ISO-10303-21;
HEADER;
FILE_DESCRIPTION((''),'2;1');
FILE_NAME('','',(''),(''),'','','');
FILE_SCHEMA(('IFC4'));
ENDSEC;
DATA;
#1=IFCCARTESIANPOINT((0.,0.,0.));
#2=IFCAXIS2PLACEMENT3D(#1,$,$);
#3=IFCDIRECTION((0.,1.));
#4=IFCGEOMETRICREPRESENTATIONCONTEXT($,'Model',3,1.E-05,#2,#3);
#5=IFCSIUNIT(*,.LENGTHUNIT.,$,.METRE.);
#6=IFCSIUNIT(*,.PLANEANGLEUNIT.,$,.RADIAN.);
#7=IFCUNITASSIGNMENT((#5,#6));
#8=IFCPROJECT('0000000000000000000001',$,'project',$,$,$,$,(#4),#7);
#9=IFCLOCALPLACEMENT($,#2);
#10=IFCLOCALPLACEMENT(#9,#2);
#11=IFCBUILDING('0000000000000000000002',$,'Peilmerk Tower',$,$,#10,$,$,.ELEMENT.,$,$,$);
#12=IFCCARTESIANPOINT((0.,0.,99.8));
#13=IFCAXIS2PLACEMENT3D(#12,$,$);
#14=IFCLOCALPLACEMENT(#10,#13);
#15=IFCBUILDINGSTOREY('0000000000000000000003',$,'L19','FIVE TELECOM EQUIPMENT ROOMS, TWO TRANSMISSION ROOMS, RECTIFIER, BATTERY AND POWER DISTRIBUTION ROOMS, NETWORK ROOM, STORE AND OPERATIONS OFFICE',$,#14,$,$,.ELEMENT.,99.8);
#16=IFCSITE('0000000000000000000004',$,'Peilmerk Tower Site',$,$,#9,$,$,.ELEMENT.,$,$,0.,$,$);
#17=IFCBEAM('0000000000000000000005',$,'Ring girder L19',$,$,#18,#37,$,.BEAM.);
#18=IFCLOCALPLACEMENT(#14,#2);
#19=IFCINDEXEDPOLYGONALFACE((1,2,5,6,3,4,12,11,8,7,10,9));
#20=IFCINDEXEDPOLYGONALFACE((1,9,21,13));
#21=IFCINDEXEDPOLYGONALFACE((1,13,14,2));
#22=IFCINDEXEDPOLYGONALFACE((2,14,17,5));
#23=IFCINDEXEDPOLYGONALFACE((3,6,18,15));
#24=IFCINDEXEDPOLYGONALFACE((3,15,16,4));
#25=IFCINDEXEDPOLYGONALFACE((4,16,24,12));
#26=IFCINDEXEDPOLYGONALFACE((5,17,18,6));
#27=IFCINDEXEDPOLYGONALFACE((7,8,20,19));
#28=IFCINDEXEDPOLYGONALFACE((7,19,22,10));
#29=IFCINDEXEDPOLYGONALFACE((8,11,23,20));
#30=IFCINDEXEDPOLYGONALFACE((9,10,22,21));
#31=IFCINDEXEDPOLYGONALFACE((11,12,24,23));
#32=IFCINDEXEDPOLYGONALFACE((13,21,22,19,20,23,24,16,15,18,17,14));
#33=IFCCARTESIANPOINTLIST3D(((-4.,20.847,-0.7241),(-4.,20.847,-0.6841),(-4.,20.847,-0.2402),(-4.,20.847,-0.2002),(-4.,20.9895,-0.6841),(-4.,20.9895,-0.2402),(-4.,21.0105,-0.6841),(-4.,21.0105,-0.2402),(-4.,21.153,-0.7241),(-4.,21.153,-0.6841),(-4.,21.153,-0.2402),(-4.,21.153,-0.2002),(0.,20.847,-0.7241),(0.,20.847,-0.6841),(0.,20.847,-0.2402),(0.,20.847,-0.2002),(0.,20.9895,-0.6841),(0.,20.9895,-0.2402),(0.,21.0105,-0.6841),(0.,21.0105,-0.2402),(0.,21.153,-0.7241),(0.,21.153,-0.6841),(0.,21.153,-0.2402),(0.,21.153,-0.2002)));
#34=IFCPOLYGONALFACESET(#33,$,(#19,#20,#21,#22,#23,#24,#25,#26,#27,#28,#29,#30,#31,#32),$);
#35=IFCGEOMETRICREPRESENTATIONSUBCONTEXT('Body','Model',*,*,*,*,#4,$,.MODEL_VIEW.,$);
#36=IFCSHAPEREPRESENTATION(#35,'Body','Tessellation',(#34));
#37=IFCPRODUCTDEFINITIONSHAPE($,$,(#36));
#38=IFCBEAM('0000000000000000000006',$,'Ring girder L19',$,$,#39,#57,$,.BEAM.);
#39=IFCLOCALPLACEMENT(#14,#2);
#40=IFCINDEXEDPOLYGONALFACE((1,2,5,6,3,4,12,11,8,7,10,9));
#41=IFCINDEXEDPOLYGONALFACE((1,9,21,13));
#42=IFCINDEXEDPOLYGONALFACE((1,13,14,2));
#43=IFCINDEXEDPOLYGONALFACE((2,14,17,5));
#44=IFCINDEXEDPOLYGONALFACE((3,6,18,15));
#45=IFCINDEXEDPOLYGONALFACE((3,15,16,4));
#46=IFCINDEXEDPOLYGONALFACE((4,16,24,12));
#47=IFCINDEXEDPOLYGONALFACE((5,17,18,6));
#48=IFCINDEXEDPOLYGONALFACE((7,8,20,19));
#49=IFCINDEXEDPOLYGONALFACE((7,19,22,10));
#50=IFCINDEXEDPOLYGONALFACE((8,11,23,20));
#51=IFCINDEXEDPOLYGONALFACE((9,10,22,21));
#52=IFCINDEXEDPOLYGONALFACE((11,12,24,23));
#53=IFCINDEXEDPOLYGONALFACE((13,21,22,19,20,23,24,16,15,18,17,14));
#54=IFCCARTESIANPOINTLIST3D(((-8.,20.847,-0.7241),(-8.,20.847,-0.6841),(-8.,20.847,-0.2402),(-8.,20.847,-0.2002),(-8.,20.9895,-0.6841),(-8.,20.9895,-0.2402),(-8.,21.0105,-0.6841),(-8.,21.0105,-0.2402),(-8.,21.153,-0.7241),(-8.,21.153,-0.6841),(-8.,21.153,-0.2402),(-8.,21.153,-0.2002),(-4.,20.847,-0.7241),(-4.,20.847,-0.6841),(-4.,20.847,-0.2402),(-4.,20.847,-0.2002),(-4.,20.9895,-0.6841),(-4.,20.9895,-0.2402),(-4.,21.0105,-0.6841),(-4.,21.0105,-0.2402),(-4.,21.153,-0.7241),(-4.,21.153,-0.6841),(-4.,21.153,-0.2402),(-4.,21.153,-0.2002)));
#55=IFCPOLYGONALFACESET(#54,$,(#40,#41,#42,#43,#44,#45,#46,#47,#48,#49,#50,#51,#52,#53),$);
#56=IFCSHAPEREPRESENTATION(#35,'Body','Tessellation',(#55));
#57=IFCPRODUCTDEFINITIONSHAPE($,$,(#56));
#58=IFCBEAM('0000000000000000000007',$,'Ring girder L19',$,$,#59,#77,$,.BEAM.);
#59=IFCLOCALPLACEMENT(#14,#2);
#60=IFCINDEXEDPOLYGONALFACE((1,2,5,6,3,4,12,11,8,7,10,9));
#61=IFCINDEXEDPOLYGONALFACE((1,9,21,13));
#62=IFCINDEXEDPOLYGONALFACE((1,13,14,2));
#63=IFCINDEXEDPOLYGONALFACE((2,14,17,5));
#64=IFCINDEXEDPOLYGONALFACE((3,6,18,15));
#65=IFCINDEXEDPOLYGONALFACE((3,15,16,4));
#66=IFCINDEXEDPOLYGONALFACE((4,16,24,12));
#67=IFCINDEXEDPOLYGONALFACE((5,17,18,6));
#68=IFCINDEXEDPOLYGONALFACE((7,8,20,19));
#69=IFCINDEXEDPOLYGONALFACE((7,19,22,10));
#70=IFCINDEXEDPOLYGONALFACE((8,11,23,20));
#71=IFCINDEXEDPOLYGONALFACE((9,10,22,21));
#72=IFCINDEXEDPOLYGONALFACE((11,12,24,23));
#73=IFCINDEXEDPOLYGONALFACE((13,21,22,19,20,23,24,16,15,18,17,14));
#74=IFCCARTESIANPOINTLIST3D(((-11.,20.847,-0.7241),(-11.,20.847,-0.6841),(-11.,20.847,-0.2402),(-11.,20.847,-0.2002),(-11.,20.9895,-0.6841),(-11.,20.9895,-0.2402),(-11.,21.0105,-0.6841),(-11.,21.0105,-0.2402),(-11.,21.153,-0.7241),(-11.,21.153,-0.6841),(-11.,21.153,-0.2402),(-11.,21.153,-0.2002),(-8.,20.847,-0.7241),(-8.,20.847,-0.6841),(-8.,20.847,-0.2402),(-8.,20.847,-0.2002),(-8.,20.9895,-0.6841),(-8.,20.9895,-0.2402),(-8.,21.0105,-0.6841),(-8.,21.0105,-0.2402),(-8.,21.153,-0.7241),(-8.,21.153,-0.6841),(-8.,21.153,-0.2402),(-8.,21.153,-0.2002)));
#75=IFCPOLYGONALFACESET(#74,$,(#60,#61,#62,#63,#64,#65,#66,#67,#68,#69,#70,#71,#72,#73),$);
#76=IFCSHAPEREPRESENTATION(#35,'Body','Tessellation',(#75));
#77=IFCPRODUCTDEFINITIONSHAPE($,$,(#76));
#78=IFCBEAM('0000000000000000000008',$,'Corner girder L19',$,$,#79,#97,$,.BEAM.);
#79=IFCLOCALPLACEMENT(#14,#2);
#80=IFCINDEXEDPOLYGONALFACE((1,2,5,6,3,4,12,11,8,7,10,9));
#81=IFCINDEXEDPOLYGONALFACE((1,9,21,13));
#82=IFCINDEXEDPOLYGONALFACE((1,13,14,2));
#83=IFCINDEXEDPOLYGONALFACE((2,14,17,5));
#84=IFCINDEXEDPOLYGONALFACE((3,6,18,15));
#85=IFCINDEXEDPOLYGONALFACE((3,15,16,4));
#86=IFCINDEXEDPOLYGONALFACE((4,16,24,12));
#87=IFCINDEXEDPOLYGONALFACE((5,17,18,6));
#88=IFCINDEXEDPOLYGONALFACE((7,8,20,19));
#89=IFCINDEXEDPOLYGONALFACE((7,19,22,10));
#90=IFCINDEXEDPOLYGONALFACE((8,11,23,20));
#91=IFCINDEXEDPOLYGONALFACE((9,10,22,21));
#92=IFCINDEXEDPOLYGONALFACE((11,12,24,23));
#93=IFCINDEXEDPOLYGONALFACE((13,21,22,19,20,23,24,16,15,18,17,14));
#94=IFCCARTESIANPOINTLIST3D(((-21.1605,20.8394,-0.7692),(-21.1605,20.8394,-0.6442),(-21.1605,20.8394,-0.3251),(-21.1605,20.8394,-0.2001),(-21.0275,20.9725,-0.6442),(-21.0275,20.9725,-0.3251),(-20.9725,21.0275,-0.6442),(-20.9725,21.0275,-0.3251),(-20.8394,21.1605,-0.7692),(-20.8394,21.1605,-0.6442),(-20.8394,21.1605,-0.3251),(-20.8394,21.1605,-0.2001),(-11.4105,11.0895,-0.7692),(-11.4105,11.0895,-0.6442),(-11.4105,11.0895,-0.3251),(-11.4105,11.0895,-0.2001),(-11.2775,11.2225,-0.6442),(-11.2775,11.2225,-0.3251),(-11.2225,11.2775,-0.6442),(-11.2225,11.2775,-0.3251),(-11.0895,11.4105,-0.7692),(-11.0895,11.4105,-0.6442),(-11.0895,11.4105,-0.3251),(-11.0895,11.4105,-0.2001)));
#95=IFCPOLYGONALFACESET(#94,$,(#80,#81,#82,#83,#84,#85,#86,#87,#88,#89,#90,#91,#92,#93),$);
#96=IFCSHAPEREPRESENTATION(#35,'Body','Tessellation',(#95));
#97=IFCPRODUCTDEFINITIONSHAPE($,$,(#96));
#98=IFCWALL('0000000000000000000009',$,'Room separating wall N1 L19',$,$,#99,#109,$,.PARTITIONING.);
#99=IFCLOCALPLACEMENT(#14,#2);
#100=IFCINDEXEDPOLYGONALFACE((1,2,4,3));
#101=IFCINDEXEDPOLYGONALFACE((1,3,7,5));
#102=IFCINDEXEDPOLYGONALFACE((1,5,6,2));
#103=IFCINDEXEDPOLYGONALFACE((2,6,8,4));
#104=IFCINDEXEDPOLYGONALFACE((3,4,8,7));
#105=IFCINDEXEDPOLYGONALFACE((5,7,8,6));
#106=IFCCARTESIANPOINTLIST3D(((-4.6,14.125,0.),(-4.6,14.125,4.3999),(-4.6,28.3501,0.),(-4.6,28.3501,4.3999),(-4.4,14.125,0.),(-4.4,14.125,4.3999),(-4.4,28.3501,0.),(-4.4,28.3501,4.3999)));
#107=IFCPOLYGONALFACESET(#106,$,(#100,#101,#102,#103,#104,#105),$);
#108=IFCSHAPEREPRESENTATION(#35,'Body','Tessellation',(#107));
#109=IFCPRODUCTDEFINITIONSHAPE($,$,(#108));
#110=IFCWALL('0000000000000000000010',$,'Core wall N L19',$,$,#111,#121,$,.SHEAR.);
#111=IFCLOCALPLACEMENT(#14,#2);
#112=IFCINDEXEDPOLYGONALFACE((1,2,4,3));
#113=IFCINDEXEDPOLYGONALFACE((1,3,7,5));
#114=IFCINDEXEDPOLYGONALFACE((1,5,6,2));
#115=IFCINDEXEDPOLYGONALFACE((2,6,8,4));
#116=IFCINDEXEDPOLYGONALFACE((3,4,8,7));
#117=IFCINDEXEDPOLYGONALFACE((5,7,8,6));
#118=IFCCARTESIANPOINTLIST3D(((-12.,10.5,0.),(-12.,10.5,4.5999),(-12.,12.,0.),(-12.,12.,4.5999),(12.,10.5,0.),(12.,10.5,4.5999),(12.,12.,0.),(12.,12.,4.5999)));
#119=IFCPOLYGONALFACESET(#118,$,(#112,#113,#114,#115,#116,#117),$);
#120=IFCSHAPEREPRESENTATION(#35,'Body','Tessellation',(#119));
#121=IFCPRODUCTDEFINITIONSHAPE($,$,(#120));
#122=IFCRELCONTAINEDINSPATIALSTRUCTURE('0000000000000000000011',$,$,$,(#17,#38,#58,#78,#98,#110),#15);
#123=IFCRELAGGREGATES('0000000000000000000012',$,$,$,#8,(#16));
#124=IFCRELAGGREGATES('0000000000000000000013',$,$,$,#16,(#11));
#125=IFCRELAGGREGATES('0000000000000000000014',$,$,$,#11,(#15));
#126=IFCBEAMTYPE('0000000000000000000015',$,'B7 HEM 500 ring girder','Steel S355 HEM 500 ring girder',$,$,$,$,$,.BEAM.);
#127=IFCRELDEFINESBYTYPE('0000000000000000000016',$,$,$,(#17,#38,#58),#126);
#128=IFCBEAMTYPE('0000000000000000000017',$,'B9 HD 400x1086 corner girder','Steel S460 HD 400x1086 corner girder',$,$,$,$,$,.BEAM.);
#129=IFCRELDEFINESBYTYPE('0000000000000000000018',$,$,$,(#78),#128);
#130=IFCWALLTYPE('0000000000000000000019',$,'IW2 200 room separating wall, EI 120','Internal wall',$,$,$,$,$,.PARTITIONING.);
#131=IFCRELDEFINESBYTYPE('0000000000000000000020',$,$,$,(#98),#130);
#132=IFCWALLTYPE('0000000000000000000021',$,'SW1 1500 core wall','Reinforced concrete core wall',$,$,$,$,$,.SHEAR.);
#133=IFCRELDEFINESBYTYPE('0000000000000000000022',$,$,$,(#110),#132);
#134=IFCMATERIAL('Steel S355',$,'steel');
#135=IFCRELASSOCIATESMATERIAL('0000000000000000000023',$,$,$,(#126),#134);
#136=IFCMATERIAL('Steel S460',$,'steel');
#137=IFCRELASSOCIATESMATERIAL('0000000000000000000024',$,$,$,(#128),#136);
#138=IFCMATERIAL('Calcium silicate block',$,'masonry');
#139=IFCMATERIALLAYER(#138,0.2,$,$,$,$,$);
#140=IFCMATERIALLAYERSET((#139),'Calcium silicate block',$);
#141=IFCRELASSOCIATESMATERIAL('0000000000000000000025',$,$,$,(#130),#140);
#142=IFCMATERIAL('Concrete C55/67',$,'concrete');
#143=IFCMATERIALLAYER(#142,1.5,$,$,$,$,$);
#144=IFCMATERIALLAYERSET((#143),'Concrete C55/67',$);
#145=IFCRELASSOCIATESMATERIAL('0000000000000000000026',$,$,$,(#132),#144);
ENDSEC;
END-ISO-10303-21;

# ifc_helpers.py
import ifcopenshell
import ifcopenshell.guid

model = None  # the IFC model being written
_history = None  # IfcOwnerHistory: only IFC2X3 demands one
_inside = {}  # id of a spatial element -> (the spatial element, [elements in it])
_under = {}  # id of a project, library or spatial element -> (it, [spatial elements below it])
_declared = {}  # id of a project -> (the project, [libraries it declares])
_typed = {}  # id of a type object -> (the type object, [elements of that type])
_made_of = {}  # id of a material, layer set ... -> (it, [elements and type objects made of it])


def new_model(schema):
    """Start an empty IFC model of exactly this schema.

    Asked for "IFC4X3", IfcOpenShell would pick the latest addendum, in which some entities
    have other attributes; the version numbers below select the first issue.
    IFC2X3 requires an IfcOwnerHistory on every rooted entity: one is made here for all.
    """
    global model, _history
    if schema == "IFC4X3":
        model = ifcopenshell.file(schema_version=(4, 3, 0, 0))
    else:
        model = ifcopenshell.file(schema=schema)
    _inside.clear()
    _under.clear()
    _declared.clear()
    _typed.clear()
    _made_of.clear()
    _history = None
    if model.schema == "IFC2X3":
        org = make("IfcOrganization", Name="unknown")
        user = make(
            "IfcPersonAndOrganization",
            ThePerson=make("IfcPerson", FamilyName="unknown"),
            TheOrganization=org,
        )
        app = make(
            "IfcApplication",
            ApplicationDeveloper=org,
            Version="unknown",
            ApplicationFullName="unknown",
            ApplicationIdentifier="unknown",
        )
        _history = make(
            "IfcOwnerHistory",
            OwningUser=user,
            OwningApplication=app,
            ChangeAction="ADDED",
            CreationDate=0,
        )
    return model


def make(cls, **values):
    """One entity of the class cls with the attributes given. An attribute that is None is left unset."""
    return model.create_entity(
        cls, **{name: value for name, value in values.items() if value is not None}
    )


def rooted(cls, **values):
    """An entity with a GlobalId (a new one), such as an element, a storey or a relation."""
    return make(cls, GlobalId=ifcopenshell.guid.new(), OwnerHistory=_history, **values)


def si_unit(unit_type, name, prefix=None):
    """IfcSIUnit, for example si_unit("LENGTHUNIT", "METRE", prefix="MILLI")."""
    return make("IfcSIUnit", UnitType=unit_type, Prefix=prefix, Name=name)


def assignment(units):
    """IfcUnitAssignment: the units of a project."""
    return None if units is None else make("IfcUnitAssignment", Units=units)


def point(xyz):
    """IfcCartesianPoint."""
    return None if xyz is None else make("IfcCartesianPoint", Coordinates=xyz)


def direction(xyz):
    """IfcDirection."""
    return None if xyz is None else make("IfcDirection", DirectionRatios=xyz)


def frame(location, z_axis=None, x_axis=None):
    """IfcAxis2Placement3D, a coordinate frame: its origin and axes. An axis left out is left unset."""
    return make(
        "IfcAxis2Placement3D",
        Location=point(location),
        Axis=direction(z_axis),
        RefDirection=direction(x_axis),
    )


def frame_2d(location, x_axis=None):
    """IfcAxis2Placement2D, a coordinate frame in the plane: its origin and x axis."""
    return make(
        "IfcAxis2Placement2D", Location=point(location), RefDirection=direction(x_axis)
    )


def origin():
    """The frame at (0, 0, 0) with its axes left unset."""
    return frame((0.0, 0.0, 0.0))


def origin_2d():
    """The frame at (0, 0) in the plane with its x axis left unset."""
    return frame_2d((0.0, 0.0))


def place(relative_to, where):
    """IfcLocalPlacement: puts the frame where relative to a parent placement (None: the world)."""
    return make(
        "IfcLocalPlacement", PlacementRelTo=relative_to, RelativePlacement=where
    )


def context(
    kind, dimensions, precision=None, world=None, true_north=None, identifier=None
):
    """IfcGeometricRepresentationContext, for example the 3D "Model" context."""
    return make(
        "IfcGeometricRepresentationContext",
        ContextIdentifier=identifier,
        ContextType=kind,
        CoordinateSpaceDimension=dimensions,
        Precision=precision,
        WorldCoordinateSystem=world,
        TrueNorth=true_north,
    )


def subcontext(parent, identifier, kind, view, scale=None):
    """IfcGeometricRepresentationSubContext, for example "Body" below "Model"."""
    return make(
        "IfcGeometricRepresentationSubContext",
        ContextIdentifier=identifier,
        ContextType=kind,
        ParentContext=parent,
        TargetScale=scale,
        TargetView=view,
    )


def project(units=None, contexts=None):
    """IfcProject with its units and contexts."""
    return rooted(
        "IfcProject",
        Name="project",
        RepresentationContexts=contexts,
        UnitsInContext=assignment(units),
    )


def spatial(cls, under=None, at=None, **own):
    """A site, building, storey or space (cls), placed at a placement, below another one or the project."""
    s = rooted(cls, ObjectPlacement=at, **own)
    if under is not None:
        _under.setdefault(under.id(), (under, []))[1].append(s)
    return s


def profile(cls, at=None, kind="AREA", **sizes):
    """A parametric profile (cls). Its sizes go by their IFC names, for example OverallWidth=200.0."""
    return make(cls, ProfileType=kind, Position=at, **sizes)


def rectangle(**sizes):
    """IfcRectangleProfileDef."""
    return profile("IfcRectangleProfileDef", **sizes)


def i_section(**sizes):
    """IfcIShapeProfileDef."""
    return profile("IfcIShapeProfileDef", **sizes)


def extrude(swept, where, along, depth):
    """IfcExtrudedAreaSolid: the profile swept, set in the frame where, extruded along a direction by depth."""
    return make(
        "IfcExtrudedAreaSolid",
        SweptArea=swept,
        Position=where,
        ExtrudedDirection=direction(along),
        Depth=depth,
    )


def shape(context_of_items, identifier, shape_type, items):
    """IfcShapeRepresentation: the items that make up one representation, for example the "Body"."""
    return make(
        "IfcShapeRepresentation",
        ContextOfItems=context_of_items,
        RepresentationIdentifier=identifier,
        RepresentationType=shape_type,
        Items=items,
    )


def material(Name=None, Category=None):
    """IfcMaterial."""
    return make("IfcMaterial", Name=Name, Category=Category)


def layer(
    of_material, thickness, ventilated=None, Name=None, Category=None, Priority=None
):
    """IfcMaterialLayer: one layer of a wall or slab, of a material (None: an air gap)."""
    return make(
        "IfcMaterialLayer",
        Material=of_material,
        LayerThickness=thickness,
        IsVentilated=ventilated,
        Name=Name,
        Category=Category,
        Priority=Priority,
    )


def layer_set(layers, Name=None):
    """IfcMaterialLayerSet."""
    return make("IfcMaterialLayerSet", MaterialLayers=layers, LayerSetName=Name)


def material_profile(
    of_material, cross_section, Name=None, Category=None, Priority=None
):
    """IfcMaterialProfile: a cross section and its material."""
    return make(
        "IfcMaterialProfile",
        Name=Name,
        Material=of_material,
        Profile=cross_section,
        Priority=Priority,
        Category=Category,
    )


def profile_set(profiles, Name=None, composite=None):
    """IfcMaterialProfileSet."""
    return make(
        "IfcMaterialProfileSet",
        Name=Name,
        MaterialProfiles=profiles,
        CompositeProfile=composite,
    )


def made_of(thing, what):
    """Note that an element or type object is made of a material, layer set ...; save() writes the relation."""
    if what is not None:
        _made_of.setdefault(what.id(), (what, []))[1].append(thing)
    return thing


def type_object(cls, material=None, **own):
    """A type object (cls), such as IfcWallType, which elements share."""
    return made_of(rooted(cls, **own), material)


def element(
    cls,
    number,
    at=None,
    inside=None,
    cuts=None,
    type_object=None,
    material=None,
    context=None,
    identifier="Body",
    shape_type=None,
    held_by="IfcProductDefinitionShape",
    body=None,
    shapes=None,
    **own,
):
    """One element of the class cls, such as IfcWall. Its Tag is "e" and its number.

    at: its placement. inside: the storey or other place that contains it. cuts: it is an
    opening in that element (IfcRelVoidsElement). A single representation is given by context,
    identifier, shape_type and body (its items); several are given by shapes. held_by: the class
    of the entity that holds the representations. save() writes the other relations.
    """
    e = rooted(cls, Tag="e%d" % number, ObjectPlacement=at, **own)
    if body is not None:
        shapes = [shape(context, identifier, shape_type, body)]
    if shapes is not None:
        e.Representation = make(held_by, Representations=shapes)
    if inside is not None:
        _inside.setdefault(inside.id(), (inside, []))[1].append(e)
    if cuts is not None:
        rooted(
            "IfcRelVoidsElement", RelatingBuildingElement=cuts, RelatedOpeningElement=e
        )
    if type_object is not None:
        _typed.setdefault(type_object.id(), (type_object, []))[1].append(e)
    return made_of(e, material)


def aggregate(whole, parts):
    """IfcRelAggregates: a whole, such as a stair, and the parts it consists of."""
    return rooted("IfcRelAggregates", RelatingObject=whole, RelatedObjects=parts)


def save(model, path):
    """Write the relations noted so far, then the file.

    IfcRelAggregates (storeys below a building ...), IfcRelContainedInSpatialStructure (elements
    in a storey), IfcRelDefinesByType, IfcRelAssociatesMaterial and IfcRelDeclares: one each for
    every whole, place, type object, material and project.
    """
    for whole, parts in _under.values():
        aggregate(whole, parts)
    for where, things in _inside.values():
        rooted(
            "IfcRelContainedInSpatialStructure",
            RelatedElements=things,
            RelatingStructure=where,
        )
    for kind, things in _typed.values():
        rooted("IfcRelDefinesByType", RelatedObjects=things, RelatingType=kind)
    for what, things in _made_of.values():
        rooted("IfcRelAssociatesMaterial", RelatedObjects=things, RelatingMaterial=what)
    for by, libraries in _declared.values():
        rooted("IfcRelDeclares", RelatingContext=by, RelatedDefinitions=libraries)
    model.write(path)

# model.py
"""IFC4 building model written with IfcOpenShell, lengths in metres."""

from ifc_helpers import new_model, si_unit, direction, frame, frame_2d, origin, origin_2d, place, context, subcontext, project, spatial, rectangle, i_section, extrude, material, layer, layer_set, material_profile, profile_set, type_object, element, save


model = new_model("IFC4")

# Units and contexts
model_context = context("Model", 3, precision=1e-05, world=origin(), true_north=direction((0.0, 1.0)))
body_context = subcontext(model_context, "Body", "Model", "MODEL_VIEW")
ifc_project = project(units=[si_unit("LENGTHUNIT", "METRE"), si_unit("PLANEANGLEUNIT", "RADIAN")], contexts=[model_context])

# Site, building, storey
site_placement = place(None, origin())
site = spatial("IfcSite", under=ifc_project, at=site_placement, Name="Peilmerk Tower Site", CompositionType="ELEMENT", RefElevation=0.0)
building_placement = place(site_placement, origin())
building = spatial("IfcBuilding", under=site, at=building_placement, Name="Peilmerk Tower", CompositionType="ELEMENT")
storey_placement = place(building_placement, frame((0.0, 0.0, 99.8)))
storey = spatial("IfcBuildingStorey", under=building, at=storey_placement, Name="L19", Description="FIVE TELECOM EQUIPMENT ROOMS, TWO TRANSMISSION ROOMS, RECTIFIER, BATTERY AND POWER DISTRIBUTION ROOMS, NETWORK ROOM, STORE AND OPERATIONS OFFICE", CompositionType="ELEMENT", Elevation=99.8)

# Shared definitions
ifc_material_1 = material(Name="Steel S460", Category="steel")

# Beams
ifc_material_2 = material(Name="Steel S355", Category="steel")
ifc_material_profile_1 = material_profile(ifc_material_2, i_section(OverallWidth=0.3059, OverallDepth=0.5239, WebThickness=0.021, FlangeThickness=0.04, at=origin_2d()), Name="HEM 500")
ifc_profile_set_1 = profile_set([ifc_material_profile_1], Name="Steel S355")
beam_type_1 = type_object("IfcBeamType", Name="B7 HEM 500 ring girder", Description="Steel S355 HEM 500 ring girder", PredefinedType="BEAM", material=ifc_profile_set_1)
for number, where, z_axis, x_axis, name in (
    (1, (0.0, 21.0, -0.4622), (-1.0, 0.0, 0.0), (0.0, -1.0, 0.0), "Ring girder L19"),
    (2, (-4.0, 21.0, -0.4622), (-1.0, 0.0, 0.0), (0.0, -1.0, 0.0), "Ring girder L19"),
):
    element("IfcBeam", number, at=place(storey_placement, frame(where, z_axis=z_axis, x_axis=x_axis)), inside=storey, type_object=beam_type_1, Name=name, PredefinedType="BEAM", context=body_context, shape_type="SweptSolid", body=[
        extrude(i_section(OverallWidth=0.3059, OverallDepth=0.5239, WebThickness=0.021, FlangeThickness=0.04, at=origin_2d()), origin(), (0.0, 0.0, 1.0), 4.0),
    ])
beam_1_placement = place(storey_placement, frame((-8.0, 21.0, -0.4622), z_axis=(-1.0, 0.0, 0.0), x_axis=(0.0, -1.0, 0.0)))
element("IfcBeam", 3, at=beam_1_placement, inside=storey, type_object=beam_type_1, Name="Ring girder L19", PredefinedType="BEAM", context=body_context, shape_type="SweptSolid", body=[
    extrude(i_section(OverallWidth=0.3059, OverallDepth=0.5239, WebThickness=0.021, FlangeThickness=0.04, at=origin_2d()), origin(), (0.0, 0.0, 1.0), 3.0),
])
ifc_material_profile_2 = material_profile(ifc_material_1, i_section(OverallWidth=0.4541, OverallDepth=0.5691, WebThickness=0.0779, FlangeThickness=0.125, at=origin_2d()), Name="HD 400x1086")
ifc_profile_set_2 = profile_set([ifc_material_profile_2], Name="Steel S460")
beam_type_2 = type_object("IfcBeamType", Name="B9 HD 400x1086 corner girder", Description="Steel S460 HD 400x1086 corner girder", PredefinedType="BEAM", material=ifc_profile_set_2)
beam_2_placement = place(storey_placement, frame((-11.25, 11.25, -0.4846), z_axis=(-0.707107, 0.707107, 0.0), x_axis=(-0.707107, -0.707107, 0.0)))
element("IfcBeam", 4, at=beam_2_placement, inside=storey, type_object=beam_type_2, Name="Corner girder L19", PredefinedType="BEAM", context=body_context, shape_type="SweptSolid", body=[
    extrude(i_section(OverallWidth=0.4541, OverallDepth=0.5691, WebThickness=0.0779, FlangeThickness=0.125, at=origin_2d()), origin(), (0.0, 0.0, 1.0), 13.7886),
])

# Walls
ifc_material_3 = material(Name="Calcium silicate block", Category="masonry")
ifc_layer_1 = layer(ifc_material_3, 0.2)
ifc_layer_set_1 = layer_set([ifc_layer_1], Name="Calcium silicate block")
wall_type_1 = type_object("IfcWallType", Name="IW2 200 room separating wall, EI 120", Description="Internal wall", PredefinedType="PARTITIONING", material=ifc_layer_set_1)
wall_1_placement = place(storey_placement, frame((-4.5, 14.125, 0.0), z_axis=(0.0, 0.0, 1.0), x_axis=(0.0, 1.0, 0.0)))
element("IfcWall", 5, at=wall_1_placement, inside=storey, type_object=wall_type_1, Name="Room separating wall N1 L19", PredefinedType="PARTITIONING", context=body_context, shape_type="SweptSolid", body=[
    extrude(rectangle(XDim=14.2251, YDim=0.2, at=frame_2d((7.1125, 0.0))), origin(), (0.0, 0.0, 1.0), 4.3999),
])
ifc_material_4 = material(Name="Concrete C55/67", Category="concrete")
ifc_layer_2 = layer(ifc_material_4, 1.5)
ifc_layer_set_2 = layer_set([ifc_layer_2], Name="Concrete C55/67")
wall_type_2 = type_object("IfcWallType", Name="SW1 1500 core wall", Description="Reinforced concrete core wall", PredefinedType="SHEAR", material=ifc_layer_set_2)
wall_2_placement = place(storey_placement, frame((-12.0, 11.25, 0.0), z_axis=(0.0, 0.0, 1.0), x_axis=(1.0, 0.0, 0.0)))
element("IfcWall", 6, at=wall_2_placement, inside=storey, type_object=wall_type_2, Name="Core wall N L19", PredefinedType="SHEAR", context=body_context, shape_type="SweptSolid", body=[
    extrude(rectangle(XDim=24.0, YDim=1.5, at=frame_2d((12.0, 0.0))), origin(), (0.0, 0.0, 1.0), 4.5999),
])

save(model, "model.ifc")
